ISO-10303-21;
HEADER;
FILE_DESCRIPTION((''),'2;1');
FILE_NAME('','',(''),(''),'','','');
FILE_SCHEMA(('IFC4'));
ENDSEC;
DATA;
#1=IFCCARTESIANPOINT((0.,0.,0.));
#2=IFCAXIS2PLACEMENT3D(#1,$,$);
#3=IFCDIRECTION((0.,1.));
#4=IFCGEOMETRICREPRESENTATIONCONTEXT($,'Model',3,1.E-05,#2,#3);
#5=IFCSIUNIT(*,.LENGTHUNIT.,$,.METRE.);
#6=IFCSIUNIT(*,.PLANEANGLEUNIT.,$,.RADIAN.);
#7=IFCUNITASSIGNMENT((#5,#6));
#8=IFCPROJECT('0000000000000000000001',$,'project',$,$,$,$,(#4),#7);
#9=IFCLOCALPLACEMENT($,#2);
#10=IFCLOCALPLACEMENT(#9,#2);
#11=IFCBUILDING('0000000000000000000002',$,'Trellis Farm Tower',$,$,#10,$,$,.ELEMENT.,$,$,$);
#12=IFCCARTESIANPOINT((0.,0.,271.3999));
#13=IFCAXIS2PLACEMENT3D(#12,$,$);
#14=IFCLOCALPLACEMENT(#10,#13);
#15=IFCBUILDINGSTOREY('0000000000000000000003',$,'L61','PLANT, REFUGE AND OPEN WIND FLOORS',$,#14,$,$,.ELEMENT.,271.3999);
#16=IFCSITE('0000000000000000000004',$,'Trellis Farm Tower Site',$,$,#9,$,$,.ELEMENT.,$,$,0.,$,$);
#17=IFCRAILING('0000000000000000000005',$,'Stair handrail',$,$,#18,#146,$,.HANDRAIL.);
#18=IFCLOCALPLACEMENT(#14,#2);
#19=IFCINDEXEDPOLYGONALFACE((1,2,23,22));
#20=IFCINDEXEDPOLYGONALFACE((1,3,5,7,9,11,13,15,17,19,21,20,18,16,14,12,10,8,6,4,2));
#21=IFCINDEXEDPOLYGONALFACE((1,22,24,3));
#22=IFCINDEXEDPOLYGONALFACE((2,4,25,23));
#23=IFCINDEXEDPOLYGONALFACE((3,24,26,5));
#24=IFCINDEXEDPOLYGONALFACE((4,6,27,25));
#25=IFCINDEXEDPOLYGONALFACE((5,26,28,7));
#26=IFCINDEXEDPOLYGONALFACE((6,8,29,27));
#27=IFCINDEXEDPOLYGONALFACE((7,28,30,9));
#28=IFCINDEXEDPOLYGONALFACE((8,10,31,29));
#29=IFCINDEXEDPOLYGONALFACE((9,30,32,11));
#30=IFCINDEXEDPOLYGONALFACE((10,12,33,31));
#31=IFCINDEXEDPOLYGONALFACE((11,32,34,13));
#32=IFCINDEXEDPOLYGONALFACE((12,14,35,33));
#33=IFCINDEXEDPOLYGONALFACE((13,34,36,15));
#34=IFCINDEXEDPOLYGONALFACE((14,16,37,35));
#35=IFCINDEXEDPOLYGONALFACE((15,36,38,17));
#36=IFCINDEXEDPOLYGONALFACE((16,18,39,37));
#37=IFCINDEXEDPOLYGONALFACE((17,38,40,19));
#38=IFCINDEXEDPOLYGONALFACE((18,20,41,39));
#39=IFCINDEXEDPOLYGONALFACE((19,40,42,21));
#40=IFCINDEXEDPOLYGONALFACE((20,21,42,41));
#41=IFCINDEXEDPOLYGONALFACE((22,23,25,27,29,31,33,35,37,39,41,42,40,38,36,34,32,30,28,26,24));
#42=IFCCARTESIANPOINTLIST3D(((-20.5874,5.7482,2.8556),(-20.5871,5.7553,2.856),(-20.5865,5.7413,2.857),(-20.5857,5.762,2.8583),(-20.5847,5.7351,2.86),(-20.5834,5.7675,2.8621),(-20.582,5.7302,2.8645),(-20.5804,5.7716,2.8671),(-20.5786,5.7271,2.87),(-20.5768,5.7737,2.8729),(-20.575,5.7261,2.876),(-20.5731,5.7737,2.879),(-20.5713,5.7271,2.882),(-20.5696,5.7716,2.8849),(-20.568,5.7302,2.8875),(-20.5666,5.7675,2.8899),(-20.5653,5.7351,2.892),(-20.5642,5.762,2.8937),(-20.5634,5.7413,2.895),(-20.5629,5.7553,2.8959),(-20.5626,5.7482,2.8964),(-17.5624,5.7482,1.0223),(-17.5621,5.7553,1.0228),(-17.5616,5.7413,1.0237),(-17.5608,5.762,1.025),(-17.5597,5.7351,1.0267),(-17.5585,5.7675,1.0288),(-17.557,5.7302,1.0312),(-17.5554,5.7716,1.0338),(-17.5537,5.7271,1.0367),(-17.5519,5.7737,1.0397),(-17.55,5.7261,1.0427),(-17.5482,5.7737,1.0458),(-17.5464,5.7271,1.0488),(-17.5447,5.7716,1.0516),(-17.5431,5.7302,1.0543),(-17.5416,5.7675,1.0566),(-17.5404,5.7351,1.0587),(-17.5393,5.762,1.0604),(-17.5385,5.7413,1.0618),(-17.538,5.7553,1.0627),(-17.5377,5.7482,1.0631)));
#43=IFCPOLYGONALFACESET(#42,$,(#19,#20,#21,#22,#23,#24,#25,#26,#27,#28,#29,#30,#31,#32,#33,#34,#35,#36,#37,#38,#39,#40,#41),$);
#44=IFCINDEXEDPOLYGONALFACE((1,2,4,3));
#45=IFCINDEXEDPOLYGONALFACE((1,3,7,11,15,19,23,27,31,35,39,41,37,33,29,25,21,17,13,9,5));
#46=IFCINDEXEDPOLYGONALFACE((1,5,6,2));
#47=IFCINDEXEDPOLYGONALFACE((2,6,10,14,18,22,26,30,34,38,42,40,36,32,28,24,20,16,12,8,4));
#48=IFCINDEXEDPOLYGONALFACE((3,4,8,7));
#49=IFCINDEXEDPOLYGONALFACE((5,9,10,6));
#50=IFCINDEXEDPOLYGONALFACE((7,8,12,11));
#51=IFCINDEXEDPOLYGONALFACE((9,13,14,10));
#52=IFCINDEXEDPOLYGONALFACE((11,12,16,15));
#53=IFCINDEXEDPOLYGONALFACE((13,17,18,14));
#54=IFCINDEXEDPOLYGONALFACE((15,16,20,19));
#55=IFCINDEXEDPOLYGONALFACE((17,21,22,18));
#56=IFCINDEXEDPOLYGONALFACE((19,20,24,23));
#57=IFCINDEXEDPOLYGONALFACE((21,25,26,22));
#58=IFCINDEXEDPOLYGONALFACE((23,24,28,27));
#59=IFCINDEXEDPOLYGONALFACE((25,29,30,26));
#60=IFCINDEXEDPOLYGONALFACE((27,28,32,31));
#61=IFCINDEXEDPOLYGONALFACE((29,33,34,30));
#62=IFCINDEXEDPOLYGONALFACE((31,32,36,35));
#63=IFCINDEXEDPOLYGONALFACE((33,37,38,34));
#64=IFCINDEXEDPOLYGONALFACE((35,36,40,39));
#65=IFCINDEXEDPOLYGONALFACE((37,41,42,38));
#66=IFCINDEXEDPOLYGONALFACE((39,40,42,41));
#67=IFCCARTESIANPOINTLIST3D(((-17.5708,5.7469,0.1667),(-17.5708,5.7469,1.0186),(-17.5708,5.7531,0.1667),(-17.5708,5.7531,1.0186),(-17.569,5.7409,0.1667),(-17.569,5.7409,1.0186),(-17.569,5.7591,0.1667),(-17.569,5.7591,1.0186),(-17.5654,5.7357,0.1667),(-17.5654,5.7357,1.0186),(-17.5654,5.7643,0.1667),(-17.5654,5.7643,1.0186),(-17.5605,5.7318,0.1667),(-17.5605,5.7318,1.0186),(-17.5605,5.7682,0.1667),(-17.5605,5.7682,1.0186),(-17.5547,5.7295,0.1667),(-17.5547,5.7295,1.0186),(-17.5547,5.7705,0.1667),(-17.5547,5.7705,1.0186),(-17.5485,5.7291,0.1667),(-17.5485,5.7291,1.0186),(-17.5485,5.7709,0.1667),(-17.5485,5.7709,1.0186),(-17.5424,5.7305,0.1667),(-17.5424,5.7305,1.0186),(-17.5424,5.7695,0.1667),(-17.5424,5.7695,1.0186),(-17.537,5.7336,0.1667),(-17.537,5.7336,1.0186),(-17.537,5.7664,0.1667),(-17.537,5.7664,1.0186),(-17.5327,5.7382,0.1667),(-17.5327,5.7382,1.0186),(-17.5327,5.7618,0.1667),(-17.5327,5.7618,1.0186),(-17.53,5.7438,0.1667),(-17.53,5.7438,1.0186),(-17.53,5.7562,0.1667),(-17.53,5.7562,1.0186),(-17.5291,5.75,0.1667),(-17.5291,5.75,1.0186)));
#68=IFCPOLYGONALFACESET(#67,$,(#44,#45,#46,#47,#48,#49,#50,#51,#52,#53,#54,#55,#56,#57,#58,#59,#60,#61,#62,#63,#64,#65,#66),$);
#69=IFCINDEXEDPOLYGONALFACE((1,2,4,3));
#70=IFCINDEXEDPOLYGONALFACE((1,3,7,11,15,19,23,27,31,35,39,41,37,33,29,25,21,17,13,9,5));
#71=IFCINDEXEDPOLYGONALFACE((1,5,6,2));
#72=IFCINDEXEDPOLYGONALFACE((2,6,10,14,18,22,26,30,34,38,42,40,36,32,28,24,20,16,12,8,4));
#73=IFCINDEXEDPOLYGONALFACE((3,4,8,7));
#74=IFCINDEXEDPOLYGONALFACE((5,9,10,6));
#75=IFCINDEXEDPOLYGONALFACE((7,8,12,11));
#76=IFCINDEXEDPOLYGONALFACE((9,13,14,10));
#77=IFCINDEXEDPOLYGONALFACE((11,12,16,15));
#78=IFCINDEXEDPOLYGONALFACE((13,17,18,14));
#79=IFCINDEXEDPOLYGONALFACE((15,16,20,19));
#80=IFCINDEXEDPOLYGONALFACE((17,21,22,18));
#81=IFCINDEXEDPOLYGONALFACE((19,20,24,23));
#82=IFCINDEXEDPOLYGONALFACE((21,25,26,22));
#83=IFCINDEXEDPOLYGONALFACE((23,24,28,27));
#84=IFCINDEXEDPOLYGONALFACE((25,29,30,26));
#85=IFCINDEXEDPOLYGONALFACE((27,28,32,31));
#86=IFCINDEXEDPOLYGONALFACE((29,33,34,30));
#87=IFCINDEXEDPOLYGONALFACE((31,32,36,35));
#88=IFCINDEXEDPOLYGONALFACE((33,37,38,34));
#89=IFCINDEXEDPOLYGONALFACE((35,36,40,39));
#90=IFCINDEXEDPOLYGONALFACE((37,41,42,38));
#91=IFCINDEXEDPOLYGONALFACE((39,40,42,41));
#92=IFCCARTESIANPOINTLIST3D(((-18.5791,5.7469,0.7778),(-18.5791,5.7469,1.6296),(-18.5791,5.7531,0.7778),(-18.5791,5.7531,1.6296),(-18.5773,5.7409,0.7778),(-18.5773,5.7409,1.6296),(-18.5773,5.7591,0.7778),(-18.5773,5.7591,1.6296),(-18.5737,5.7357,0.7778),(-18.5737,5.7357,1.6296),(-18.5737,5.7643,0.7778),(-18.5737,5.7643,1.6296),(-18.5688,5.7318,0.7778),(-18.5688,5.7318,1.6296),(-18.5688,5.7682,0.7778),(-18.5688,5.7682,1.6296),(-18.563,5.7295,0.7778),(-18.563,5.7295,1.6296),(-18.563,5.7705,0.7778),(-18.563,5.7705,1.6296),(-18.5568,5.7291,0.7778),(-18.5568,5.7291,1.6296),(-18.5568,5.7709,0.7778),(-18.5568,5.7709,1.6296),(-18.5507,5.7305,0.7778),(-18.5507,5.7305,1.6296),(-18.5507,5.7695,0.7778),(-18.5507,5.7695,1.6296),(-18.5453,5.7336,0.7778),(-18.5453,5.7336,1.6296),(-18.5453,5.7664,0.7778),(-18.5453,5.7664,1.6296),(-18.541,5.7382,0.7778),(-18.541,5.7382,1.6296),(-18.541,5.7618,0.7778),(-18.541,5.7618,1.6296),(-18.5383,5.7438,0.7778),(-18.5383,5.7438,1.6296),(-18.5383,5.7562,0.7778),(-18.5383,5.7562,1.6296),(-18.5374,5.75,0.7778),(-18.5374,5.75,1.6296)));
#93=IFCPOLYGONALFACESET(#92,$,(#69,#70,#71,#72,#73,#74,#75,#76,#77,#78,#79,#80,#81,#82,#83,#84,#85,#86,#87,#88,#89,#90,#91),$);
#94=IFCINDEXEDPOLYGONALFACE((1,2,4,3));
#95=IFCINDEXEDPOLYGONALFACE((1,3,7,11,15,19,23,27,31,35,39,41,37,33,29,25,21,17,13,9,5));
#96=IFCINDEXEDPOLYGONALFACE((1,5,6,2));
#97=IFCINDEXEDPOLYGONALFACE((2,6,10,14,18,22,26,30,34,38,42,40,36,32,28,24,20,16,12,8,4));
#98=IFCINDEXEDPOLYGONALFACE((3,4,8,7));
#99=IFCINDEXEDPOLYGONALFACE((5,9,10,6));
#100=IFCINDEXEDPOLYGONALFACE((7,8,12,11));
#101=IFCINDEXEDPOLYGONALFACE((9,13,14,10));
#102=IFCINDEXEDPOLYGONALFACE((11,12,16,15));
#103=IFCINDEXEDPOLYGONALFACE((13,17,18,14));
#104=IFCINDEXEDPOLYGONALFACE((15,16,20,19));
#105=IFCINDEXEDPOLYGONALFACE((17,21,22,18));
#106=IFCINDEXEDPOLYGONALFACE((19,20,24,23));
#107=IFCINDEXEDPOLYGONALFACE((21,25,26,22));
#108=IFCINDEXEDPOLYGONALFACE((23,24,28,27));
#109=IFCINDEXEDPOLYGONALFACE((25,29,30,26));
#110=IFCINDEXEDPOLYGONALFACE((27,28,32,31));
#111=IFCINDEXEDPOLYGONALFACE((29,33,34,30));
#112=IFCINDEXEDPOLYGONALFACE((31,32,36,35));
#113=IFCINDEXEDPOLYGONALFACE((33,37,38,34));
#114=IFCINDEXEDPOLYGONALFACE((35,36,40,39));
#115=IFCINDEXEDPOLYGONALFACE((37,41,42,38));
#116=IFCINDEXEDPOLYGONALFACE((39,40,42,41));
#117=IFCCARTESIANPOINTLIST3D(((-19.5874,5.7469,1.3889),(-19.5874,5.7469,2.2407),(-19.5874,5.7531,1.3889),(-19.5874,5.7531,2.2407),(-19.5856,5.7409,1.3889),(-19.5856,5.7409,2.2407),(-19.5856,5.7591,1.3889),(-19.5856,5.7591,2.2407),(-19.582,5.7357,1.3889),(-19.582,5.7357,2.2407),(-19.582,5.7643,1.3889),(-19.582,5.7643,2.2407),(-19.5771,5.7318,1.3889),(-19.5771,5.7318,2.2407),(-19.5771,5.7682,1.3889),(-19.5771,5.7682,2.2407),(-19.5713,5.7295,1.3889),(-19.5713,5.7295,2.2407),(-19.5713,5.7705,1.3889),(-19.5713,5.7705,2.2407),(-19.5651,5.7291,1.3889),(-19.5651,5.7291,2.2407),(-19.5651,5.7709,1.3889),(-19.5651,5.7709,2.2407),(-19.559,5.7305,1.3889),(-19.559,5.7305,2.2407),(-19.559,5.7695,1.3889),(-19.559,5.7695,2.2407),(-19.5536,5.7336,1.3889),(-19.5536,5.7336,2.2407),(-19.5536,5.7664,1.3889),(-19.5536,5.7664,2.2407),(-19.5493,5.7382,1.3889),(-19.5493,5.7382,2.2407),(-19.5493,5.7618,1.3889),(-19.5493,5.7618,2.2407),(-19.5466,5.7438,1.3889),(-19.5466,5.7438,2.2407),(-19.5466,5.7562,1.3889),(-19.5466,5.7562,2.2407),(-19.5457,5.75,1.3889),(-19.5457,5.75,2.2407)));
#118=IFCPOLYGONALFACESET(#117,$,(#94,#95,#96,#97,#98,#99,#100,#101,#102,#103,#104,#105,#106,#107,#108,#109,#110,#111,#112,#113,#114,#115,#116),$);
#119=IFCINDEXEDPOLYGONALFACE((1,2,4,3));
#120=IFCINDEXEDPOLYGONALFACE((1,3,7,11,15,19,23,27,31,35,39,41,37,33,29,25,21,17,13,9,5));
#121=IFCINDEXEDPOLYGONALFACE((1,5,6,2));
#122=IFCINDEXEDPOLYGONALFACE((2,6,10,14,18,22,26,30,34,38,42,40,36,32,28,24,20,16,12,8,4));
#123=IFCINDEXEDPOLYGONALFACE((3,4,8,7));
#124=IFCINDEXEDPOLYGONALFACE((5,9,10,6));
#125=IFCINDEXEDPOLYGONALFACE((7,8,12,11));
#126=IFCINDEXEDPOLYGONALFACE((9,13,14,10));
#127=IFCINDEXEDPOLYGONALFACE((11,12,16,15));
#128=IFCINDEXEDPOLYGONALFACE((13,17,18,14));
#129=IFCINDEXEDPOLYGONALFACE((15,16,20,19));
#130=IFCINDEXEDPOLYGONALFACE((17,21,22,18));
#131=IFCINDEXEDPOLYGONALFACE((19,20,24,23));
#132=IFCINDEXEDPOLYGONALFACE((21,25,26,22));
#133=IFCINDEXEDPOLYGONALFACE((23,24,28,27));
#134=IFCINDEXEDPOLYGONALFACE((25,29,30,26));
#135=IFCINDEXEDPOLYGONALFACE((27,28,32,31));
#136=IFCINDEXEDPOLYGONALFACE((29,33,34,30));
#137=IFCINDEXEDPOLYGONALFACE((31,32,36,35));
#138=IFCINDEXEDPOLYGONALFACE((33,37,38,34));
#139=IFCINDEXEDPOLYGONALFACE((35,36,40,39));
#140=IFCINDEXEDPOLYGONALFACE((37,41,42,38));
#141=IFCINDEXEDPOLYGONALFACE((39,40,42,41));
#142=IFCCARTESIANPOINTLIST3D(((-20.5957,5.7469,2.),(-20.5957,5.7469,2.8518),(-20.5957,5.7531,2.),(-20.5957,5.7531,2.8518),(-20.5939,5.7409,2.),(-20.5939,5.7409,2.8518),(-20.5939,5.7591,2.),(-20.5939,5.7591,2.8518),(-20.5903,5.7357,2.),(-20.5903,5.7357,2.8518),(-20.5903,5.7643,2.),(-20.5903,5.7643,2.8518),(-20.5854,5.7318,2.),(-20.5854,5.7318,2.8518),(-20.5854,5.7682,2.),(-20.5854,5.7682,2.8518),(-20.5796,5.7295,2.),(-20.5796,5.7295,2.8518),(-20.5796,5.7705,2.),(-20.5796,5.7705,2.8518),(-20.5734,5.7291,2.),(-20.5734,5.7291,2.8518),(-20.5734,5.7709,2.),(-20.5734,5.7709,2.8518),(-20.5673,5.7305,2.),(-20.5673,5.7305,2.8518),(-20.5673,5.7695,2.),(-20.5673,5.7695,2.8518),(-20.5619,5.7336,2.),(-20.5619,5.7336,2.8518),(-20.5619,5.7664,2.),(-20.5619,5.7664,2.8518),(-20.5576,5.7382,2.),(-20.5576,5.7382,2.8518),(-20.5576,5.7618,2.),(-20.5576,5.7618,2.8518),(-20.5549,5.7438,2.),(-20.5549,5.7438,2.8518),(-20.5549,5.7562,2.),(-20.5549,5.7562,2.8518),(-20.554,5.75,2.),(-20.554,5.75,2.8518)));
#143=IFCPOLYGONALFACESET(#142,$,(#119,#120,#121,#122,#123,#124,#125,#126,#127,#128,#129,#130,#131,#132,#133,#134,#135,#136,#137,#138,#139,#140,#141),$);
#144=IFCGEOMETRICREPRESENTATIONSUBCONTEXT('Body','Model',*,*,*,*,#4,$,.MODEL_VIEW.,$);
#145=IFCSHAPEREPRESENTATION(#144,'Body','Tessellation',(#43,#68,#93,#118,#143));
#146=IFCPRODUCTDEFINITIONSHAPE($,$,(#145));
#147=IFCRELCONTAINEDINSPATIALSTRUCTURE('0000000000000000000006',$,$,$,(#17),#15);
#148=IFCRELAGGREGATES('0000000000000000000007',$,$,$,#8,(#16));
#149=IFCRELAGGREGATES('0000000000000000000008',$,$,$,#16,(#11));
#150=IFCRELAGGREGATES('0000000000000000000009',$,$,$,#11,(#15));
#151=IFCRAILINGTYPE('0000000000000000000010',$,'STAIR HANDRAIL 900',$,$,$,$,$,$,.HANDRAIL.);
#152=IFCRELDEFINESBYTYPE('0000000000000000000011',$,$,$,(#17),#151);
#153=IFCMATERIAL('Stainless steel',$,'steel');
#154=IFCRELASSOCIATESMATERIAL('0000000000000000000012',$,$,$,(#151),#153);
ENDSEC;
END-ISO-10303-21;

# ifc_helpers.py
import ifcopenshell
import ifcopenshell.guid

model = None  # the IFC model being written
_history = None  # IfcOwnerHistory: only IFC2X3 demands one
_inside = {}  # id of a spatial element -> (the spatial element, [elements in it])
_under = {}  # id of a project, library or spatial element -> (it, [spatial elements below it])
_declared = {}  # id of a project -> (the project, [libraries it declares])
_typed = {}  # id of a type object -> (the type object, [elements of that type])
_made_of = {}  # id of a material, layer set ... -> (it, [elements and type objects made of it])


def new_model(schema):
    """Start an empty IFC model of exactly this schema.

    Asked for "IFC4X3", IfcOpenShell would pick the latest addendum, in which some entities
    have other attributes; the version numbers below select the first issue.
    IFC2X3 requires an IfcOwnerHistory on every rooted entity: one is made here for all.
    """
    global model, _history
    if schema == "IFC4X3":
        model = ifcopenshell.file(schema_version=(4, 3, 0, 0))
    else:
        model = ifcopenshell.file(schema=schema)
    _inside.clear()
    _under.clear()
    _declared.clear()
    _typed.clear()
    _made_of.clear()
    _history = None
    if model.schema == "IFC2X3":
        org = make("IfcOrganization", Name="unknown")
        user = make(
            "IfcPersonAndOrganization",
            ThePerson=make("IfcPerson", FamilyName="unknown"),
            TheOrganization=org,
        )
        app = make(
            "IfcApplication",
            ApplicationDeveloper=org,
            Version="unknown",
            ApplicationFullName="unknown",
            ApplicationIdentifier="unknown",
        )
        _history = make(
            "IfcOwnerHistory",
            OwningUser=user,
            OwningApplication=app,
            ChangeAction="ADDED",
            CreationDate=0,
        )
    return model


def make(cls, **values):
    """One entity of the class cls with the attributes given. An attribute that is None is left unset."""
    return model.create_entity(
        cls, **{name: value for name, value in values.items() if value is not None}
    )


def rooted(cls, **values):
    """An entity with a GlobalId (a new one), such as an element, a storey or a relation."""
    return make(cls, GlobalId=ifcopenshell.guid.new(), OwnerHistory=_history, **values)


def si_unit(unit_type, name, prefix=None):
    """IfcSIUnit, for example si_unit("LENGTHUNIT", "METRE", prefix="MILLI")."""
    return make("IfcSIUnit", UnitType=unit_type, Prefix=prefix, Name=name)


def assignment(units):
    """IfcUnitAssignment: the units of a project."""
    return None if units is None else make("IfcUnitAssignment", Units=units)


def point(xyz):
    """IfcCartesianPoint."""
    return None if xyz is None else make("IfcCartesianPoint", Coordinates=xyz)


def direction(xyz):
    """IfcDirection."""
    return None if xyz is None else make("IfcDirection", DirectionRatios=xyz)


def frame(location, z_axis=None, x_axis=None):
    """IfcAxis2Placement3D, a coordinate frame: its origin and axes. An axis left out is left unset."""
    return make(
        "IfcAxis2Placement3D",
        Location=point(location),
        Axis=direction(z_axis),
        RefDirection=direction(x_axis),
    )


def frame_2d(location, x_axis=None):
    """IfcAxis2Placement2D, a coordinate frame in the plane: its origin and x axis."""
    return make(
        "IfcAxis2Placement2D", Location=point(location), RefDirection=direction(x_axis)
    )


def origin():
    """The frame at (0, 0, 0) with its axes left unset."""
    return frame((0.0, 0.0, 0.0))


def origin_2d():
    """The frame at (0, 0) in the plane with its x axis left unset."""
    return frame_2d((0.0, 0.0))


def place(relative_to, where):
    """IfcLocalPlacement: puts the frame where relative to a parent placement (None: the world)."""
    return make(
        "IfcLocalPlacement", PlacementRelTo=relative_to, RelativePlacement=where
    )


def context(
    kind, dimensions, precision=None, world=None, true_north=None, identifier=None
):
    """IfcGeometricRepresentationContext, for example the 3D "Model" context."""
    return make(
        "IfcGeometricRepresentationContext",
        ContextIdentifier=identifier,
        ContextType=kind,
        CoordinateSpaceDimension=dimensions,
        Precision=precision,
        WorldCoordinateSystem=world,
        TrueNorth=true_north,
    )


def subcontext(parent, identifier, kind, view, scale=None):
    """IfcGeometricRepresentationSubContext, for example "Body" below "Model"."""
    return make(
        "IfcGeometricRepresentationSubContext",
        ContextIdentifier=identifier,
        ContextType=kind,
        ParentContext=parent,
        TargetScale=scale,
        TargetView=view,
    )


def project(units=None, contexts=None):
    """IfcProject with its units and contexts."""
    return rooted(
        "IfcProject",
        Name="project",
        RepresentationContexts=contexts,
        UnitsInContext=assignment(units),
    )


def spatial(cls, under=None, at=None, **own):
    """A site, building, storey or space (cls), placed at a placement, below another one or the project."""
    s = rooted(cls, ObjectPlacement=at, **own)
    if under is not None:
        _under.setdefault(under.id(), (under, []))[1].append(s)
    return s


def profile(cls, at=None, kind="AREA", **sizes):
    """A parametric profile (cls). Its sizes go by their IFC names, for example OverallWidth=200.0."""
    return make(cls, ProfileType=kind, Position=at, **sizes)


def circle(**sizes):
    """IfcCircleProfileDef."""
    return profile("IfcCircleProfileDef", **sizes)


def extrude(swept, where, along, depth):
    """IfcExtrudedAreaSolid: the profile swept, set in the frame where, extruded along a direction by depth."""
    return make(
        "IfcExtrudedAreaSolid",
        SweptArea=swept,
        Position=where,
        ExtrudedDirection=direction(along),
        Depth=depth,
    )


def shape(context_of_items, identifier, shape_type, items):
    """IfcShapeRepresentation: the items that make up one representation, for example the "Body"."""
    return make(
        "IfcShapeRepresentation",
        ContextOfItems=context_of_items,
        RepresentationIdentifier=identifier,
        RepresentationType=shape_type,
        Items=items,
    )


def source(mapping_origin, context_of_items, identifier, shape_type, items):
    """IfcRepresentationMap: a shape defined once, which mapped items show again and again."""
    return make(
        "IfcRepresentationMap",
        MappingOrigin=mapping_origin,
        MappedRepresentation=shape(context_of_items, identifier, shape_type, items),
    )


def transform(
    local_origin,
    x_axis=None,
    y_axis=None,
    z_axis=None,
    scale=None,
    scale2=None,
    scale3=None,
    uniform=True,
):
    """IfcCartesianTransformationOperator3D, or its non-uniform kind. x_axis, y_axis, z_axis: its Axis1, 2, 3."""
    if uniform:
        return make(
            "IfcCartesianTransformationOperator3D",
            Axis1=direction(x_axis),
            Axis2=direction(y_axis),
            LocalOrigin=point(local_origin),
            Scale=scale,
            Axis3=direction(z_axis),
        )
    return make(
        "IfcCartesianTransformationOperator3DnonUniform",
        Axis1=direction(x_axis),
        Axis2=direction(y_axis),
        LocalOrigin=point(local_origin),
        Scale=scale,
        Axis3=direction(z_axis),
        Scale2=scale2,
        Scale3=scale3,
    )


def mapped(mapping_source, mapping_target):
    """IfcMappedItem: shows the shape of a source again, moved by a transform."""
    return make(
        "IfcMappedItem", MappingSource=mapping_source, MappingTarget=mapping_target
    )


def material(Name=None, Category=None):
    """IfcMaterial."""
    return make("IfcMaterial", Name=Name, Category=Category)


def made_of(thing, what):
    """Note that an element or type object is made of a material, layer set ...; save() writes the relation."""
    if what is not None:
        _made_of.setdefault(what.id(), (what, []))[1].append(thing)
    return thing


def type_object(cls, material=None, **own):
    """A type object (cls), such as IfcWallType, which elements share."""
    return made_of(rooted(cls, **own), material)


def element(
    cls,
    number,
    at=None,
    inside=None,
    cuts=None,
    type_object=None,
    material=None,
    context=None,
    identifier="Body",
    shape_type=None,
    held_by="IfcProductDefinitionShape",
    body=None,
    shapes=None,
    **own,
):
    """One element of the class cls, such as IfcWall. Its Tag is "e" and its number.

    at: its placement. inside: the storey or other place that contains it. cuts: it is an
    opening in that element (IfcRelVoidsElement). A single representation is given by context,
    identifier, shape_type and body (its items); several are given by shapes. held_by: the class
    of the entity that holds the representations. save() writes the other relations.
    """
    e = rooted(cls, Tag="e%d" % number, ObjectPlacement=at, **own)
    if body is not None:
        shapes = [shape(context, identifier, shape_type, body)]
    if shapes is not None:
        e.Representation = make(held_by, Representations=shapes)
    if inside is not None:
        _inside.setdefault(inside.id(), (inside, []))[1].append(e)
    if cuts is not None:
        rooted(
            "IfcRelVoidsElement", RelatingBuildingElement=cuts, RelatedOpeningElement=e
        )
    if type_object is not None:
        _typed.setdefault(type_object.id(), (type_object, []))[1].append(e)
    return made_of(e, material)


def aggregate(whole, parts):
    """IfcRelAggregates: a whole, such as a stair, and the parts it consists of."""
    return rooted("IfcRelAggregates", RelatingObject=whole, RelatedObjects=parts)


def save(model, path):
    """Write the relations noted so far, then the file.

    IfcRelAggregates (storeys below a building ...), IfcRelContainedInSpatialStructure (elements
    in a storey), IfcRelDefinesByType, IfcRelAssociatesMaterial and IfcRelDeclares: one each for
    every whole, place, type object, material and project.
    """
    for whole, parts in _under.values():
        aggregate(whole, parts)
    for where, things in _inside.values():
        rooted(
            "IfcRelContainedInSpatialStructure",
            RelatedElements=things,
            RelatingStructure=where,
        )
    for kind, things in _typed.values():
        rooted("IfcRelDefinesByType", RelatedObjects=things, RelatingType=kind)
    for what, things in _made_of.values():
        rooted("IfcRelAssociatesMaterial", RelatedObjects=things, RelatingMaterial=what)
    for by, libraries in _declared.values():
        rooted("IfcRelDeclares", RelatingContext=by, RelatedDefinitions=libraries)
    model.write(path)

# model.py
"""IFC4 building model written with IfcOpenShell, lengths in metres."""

from ifc_helpers import new_model, si_unit, direction, frame, origin, origin_2d, place, context, subcontext, project, spatial, circle, extrude, source, transform, mapped, material, type_object, element, save


model = new_model("IFC4")

# Units and contexts
model_context = context("Model", 3, precision=1e-05, world=origin(), true_north=direction((0.0, 1.0)))
body_context = subcontext(model_context, "Body", "Model", "MODEL_VIEW")
ifc_project = project(units=[si_unit("LENGTHUNIT", "METRE"), si_unit("PLANEANGLEUNIT", "RADIAN")], contexts=[model_context])

# Site, building, storey
site_placement = place(None, origin())
site = spatial("IfcSite", under=ifc_project, at=site_placement, Name="Trellis Farm Tower Site", CompositionType="ELEMENT", RefElevation=0.0)
building_placement = place(site_placement, origin())
building = spatial("IfcBuilding", under=site, at=building_placement, Name="Trellis Farm Tower", CompositionType="ELEMENT")
storey_placement = place(building_placement, frame((0.0, 0.0, 271.3999)))
storey = spatial("IfcBuildingStorey", under=building, at=storey_placement, Name="L61", Description="PLANT, REFUGE AND OPEN WIND FLOORS", CompositionType="ELEMENT", Elevation=271.3999)

# Railing
ifc_material_1 = material(Name="Stainless steel", Category="steel")
railing_type_1 = type_object("IfcRailingType", Name="STAIR HANDRAIL 900", PredefinedType="HANDRAIL", material=ifc_material_1)
shared_shape_1 = source(origin(), body_context, "Body", "SweptSolid", [
    extrude(circle(Radius=0.0239, at=origin_2d()), frame((0.0, 0.0, 0.876), z_axis=(-0.855201, 0.0, 0.518297), x_axis=(0.0, -1.0, 0.0)), (0.0, 0.0, 1.0), 3.5371),
    extrude(circle(Radius=0.021, at=origin_2d()), origin(), (0.0, 0.0, 1.0), 0.8518),
    extrude(circle(Radius=0.021, at=origin_2d()), frame((-1.0083, 0.0, 0.6111)), (0.0, 0.0, 1.0), 0.8518),
    extrude(circle(Radius=0.021, at=origin_2d()), frame((-2.0166, 0.0, 1.2222)), (0.0, 0.0, 1.0), 0.8518),
    extrude(circle(Radius=0.021, at=origin_2d()), frame((-3.0249, 0.0, 1.8333)), (0.0, 0.0, 1.0), 0.8518),
])
for number, where, name in (
    (1, (-17.55, 5.75, 0.1667), "Stair handrail"),
):
    element("IfcRailing", number, at=place(storey_placement, frame(where)), inside=storey, type_object=railing_type_1, Name=name, PredefinedType="HANDRAIL", context=body_context, shape_type="MappedRepresentation", body=[
        mapped(shared_shape_1, transform((0.0, 0.0, 0.0))),
    ])

save(model, "model.ifc")
